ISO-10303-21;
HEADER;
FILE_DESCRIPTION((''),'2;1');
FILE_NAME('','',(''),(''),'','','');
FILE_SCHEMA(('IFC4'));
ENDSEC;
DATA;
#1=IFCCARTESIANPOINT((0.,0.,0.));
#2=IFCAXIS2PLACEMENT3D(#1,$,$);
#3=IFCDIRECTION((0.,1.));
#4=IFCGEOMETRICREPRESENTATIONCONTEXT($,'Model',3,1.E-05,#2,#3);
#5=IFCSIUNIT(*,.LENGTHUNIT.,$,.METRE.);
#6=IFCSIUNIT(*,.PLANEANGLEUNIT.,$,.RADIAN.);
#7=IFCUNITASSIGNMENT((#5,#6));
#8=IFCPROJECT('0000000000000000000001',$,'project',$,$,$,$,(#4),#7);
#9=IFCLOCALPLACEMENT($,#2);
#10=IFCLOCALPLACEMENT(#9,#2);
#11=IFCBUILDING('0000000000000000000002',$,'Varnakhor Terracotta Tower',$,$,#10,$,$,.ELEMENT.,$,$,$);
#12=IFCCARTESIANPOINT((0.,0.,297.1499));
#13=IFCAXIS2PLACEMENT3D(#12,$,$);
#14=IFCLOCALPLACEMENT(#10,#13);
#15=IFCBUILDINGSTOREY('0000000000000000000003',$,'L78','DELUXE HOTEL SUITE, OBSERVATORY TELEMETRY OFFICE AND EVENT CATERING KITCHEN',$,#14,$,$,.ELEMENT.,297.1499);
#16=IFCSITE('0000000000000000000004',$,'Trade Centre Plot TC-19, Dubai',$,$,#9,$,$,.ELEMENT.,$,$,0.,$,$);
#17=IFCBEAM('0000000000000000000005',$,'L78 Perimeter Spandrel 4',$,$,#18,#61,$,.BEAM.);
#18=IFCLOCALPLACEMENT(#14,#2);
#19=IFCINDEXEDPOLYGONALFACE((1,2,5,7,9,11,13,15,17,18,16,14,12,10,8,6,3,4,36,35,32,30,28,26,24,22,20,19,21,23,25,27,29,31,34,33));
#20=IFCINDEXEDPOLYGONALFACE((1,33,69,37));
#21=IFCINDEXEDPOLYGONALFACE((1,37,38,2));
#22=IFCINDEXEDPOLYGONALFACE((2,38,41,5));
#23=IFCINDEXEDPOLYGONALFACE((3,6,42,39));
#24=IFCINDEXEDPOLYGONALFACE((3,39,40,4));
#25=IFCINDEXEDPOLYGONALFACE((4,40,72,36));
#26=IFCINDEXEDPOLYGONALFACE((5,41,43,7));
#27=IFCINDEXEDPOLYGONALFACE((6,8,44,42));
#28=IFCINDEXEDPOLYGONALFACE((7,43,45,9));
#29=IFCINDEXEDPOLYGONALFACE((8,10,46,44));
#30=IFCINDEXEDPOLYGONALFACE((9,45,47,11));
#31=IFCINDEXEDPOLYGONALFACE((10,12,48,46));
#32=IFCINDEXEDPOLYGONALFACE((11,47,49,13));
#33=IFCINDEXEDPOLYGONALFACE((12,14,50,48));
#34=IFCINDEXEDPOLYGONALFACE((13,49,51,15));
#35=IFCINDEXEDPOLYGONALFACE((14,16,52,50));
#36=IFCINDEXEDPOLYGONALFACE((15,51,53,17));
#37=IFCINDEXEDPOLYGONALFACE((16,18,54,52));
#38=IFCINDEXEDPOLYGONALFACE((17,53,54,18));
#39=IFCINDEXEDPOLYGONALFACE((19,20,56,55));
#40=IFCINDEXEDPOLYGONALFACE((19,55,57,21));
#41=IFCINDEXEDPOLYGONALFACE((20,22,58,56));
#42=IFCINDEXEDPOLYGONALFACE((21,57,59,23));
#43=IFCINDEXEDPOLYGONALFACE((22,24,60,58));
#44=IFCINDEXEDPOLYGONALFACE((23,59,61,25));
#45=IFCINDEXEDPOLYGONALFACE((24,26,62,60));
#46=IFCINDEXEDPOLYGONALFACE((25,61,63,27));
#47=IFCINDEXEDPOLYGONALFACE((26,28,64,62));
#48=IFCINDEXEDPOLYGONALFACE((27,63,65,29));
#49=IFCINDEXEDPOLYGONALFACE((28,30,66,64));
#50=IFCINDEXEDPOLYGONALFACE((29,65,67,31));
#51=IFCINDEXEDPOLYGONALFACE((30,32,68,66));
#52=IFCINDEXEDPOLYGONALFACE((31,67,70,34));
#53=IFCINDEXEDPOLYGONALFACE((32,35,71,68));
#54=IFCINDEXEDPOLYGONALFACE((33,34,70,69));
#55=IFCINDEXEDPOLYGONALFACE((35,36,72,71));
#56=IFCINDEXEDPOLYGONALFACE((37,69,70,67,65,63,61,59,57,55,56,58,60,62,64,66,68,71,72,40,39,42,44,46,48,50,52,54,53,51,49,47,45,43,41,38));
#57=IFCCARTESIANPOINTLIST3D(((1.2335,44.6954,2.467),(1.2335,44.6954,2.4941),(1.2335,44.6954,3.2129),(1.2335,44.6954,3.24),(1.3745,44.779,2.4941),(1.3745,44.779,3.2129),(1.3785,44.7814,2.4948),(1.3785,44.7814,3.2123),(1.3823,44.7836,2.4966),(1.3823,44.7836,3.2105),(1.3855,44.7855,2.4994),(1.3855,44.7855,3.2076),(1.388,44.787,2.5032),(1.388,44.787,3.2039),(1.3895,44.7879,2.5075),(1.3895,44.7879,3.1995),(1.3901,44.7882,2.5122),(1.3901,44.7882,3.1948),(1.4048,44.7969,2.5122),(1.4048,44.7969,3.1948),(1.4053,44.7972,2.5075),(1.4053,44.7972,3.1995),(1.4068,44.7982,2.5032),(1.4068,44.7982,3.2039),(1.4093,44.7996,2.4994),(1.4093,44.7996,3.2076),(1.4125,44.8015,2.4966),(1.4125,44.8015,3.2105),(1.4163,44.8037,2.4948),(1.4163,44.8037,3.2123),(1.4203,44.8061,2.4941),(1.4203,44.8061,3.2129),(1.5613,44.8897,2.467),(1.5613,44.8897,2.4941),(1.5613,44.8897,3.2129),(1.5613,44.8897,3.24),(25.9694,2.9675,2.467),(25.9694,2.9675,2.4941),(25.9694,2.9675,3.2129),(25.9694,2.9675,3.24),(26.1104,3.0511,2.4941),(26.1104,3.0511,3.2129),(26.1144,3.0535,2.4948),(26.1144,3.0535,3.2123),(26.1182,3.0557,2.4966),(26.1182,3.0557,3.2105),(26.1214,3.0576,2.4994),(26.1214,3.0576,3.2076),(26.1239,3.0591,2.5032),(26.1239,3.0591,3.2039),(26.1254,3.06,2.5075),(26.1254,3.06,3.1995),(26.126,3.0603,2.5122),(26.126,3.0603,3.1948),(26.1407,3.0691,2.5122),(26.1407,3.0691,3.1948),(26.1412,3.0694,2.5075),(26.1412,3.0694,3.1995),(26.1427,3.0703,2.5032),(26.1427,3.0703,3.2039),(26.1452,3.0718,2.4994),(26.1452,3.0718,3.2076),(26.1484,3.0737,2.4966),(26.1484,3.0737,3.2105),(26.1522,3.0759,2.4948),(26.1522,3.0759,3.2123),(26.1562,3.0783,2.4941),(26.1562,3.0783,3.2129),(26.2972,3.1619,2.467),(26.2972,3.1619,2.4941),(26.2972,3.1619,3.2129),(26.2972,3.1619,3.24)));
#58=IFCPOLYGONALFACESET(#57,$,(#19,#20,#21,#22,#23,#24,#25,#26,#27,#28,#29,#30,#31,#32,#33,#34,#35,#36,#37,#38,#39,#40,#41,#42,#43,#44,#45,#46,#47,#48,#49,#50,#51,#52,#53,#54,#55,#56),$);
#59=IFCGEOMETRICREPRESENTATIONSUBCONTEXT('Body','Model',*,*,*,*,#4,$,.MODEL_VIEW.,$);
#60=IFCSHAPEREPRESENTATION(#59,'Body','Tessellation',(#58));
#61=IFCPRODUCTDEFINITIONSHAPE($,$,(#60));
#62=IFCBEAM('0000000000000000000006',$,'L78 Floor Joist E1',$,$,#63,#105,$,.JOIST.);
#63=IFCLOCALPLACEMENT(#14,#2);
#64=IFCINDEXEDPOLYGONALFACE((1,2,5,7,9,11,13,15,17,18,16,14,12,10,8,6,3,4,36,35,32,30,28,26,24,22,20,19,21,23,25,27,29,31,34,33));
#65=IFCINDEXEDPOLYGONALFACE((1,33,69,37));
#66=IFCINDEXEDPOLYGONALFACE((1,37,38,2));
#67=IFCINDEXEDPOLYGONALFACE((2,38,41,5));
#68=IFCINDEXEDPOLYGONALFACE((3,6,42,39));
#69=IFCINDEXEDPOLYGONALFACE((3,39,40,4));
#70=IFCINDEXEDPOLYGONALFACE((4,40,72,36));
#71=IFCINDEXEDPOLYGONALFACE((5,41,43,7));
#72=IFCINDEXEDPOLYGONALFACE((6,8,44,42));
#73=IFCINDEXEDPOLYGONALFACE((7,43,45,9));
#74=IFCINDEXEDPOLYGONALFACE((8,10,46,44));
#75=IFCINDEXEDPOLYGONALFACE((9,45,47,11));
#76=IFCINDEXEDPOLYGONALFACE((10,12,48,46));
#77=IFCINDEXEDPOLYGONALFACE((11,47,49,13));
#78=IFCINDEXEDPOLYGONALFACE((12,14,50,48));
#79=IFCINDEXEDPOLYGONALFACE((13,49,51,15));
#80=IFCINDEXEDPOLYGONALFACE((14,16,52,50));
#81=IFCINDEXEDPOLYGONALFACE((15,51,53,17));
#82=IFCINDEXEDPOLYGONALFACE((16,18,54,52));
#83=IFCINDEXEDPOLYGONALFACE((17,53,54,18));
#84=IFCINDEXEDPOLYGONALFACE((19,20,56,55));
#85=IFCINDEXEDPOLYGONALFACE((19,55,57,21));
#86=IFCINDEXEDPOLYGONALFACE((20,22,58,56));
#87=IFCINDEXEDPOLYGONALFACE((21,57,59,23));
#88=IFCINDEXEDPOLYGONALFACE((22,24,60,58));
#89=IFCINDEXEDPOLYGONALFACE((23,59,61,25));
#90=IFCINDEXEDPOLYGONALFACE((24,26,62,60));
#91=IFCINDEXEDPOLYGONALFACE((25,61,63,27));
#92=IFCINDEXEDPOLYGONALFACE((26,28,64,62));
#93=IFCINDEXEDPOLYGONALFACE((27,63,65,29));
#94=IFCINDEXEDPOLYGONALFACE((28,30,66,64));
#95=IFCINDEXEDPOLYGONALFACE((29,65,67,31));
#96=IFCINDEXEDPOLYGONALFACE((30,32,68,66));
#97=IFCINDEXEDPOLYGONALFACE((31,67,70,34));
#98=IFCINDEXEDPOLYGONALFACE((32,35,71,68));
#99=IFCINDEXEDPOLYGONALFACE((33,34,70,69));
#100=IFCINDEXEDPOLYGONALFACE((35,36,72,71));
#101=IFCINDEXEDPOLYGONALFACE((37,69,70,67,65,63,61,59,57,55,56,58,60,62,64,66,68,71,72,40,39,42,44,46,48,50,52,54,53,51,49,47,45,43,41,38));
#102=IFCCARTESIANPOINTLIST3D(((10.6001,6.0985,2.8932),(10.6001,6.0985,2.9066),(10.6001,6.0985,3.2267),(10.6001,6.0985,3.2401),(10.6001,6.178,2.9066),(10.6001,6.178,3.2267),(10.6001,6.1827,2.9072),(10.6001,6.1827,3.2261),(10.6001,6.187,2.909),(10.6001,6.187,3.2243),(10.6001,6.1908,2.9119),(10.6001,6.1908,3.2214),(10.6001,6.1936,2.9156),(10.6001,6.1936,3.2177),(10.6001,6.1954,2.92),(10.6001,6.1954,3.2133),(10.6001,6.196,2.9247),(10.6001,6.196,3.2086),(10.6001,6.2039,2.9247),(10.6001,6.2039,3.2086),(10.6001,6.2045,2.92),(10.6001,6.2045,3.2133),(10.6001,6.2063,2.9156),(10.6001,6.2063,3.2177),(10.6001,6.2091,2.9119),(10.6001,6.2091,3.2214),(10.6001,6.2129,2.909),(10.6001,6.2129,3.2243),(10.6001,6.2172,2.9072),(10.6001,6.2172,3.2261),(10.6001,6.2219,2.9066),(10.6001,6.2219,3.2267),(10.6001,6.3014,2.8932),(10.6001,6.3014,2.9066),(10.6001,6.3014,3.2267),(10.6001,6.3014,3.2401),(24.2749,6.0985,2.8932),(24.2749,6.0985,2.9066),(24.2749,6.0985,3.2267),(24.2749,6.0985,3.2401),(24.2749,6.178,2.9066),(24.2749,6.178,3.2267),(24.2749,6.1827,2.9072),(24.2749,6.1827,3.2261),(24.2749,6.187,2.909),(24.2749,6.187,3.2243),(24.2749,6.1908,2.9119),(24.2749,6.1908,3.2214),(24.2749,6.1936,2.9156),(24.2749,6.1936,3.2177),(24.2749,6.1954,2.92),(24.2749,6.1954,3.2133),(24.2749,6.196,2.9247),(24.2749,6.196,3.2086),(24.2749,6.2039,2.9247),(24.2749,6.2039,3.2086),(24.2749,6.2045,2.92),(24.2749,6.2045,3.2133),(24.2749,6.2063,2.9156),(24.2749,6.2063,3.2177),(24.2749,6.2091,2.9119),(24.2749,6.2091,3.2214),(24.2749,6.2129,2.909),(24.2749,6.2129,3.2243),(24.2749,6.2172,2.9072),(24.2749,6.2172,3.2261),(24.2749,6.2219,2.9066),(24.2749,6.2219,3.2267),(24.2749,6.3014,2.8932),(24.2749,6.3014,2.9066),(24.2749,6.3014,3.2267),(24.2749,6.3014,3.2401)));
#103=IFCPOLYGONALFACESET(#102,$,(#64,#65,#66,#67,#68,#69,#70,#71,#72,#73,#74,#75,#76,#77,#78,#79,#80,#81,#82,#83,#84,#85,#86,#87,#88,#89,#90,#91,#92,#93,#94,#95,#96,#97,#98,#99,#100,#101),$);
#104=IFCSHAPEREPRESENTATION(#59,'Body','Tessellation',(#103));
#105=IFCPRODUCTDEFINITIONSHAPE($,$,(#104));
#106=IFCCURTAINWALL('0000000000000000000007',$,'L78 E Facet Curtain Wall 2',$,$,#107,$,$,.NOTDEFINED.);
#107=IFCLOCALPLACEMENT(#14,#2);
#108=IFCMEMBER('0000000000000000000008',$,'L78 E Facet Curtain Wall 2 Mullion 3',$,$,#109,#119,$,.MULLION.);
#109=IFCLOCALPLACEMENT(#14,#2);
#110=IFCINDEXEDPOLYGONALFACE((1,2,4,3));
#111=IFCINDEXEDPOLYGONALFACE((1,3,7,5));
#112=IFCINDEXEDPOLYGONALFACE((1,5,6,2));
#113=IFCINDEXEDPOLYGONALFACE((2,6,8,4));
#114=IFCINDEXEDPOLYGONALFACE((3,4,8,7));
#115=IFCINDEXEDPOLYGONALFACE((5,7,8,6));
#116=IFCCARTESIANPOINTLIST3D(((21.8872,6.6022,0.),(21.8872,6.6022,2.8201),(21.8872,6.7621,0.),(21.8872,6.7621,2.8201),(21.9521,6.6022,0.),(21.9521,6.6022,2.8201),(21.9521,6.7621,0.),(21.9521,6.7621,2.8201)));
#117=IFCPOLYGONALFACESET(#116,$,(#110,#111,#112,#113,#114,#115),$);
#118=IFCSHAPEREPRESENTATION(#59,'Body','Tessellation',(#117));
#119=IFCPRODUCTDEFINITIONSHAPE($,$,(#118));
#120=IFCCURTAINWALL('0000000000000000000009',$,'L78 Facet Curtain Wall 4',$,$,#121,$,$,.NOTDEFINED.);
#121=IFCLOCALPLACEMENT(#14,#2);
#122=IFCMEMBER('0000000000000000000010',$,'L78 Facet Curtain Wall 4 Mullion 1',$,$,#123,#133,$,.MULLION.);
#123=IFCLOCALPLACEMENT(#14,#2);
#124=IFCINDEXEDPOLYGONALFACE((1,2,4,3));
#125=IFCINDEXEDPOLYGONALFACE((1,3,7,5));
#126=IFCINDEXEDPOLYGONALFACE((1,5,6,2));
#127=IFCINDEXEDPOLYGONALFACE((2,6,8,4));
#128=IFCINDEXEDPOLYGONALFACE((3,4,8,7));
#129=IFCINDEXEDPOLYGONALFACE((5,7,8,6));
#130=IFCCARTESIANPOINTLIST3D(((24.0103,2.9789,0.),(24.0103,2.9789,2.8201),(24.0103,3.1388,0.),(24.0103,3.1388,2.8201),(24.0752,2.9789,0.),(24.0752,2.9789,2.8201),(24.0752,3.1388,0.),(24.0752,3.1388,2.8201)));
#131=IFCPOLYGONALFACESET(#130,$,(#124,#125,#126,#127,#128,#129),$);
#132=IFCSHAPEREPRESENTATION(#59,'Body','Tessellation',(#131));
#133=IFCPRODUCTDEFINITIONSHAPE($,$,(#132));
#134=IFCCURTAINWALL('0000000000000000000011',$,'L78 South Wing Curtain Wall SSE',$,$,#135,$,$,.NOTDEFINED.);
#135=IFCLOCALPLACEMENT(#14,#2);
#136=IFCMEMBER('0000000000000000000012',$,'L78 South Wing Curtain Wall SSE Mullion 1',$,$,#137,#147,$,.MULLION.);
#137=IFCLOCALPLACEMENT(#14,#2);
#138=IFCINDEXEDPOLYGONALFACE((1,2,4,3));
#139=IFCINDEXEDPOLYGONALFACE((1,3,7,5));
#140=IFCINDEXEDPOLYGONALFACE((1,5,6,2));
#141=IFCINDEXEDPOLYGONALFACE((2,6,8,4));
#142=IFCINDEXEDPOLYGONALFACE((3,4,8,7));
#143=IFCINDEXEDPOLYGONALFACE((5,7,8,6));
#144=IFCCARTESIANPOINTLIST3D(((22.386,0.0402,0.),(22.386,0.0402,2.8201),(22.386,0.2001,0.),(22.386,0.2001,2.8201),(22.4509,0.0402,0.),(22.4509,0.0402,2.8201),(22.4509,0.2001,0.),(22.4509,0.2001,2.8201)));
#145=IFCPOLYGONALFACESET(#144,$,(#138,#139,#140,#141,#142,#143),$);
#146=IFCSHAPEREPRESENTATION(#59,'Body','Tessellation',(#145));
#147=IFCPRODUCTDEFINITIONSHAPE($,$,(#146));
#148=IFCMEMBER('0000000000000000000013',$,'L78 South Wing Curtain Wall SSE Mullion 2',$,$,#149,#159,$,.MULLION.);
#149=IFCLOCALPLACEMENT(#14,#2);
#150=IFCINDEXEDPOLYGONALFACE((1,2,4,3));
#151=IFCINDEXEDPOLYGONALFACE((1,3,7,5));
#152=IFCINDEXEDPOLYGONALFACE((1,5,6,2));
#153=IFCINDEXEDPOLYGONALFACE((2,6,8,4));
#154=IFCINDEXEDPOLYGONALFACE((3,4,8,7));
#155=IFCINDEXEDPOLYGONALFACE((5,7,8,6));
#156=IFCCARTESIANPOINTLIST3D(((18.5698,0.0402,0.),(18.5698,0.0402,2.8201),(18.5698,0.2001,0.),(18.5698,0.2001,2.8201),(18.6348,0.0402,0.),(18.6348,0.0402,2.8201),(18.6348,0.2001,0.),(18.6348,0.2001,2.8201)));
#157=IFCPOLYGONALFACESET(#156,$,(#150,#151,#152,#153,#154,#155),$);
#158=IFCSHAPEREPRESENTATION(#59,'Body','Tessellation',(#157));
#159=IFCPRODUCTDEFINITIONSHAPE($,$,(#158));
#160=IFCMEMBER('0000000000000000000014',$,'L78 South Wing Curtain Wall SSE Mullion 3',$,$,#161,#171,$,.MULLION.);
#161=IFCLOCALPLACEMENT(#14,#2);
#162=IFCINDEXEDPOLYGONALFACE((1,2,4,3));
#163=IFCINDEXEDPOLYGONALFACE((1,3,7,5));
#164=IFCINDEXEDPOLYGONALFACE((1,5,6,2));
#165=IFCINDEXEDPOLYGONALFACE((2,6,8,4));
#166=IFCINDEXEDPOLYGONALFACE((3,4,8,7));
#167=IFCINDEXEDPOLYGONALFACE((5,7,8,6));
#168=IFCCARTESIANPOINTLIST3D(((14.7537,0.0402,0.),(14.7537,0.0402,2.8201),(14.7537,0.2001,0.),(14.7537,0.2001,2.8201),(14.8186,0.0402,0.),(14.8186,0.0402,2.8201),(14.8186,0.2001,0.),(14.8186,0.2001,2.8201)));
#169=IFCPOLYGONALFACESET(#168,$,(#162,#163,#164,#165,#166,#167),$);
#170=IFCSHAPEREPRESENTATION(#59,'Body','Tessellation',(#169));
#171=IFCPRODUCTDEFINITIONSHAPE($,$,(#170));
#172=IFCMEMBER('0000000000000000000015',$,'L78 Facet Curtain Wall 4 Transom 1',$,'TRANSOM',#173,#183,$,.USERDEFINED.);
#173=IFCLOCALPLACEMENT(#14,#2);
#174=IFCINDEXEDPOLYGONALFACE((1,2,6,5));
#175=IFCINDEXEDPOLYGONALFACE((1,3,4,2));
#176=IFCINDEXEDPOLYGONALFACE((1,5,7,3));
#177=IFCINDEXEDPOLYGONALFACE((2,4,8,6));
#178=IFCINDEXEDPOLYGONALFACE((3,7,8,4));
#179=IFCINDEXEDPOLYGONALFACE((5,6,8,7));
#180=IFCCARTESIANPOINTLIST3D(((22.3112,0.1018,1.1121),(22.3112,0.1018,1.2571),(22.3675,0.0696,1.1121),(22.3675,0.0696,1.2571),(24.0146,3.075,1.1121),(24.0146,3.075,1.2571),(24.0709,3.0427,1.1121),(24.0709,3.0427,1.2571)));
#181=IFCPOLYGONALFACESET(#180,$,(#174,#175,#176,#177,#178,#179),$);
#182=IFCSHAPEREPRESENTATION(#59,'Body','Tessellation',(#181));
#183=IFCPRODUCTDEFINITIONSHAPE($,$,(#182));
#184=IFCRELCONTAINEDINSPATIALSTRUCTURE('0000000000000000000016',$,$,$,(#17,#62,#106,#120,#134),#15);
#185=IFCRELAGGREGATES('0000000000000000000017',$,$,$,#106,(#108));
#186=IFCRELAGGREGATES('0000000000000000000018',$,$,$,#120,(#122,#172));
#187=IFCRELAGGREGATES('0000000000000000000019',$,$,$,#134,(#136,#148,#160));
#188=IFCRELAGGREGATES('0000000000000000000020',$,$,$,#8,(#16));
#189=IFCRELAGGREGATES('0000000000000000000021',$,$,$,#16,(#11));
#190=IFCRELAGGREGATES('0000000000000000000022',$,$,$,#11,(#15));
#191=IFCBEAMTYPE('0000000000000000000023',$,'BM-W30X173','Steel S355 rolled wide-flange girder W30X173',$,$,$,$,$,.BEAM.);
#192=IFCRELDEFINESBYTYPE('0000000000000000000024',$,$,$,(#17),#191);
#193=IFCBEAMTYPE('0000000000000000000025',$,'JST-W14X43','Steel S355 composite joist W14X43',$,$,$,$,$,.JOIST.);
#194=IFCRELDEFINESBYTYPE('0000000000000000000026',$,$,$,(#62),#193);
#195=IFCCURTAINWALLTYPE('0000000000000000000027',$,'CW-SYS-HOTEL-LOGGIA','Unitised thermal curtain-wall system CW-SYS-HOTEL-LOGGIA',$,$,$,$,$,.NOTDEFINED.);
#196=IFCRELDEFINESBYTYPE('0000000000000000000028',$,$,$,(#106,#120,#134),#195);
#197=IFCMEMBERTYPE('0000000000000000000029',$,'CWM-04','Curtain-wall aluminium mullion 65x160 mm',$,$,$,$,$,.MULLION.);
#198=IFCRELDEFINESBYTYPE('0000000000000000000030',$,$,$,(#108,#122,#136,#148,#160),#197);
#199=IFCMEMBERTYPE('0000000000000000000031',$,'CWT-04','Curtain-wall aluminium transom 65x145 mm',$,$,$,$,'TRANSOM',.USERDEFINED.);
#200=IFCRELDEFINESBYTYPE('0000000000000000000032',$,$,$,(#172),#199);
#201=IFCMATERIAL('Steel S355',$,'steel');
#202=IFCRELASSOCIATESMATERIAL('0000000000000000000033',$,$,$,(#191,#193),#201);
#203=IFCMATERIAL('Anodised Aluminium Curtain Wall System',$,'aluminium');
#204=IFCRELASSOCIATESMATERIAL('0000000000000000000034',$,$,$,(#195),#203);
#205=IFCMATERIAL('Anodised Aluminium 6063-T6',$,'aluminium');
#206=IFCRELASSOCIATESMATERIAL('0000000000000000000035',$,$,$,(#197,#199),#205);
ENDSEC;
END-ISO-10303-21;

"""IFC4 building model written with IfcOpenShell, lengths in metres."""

from ifc_helpers import new_model, si_unit, direction, frame, origin, origin_2d, place, context, subcontext, project, spatial, rectangle, i_section, extrude, source, transform, mapped, material, material_profile, profile_set, type_object, type_shapes, element, aggregate, save


model = new_model("IFC4")

# Units and contexts
model_context = context("Model", 3, precision=1e-05, world=origin(), true_north=direction((0.0, 1.0)))
body_context = subcontext(model_context, "Body", "Model", "MODEL_VIEW")
ifc_project = project(units=[si_unit("LENGTHUNIT", "METRE"), si_unit("PLANEANGLEUNIT", "RADIAN")], contexts=[model_context])

# Site, building, storey
site_placement = place(None, origin())
site = spatial("IfcSite", under=ifc_project, at=site_placement, Name="Trade Centre Plot TC-19, Dubai", CompositionType="ELEMENT", RefElevation=0.0)
building_placement = place(site_placement, origin())
building = spatial("IfcBuilding", under=site, at=building_placement, Name="Varnakhor Terracotta Tower", CompositionType="ELEMENT")
storey_placement = place(building_placement, frame((0.0, 0.0, 297.1499)))
storey = spatial("IfcBuildingStorey", under=building, at=storey_placement, Name="L78", Description="DELUXE HOTEL SUITE, OBSERVATORY TELEMETRY OFFICE AND EVENT CATERING KITCHEN", CompositionType="ELEMENT", Elevation=297.1499)

# Shared definitions
ifc_material_1 = material(Name="Steel S355", Category="steel")

# Beams
ifc_material_profile_1 = material_profile(ifc_material_1, i_section(OverallWidth=0.3811, OverallDepth=0.7729, WebThickness=0.0171, FlangeThickness=0.0271, FilletRadius=0.0181, at=origin_2d()), Name="W30X173")
ifc_profile_set_1 = profile_set([ifc_material_profile_1], Name="Steel S355")
beam_type_1 = type_object("IfcBeamType", Name="BM-W30X173", Description="Steel S355 rolled wide-flange girder W30X173", PredefinedType="BEAM", material=ifc_profile_set_1)
shared_shape_1 = source(origin(), body_context, "Body", "SweptSolid", [
    extrude(i_section(OverallWidth=0.3811, OverallDepth=0.7729, WebThickness=0.0171, FlangeThickness=0.0271, FilletRadius=0.0181, at=origin_2d()), origin(), (0.0, 0.0, 1.0), 48.5085),
])
beam_1_placement = place(storey_placement, frame((26.1333, 3.0647, 2.8535), z_axis=(-0.509928, 0.860217, 0.0), x_axis=(-0.860217, -0.509928, 0.0)))
element("IfcBeam", 1, at=beam_1_placement, inside=storey, type_object=beam_type_1, Name="L78 Perimeter Spandrel 4", PredefinedType="BEAM", context=body_context, shape_type="MappedRepresentation", body=[
    mapped(shared_shape_1, transform((0.0, 0.0, 0.0), scale=1.0)),
])
ifc_material_profile_2 = material_profile(ifc_material_1, i_section(OverallWidth=0.2029, OverallDepth=0.3469, WebThickness=0.0078, FlangeThickness=0.0134, FilletRadius=0.0181, at=origin_2d()), Name="W14X43")
ifc_profile_set_2 = profile_set([ifc_material_profile_2], Name="Steel S355")
beam_type_2 = type_object("IfcBeamType", Name="JST-W14X43", Description="Steel S355 composite joist W14X43", PredefinedType="JOIST", material=ifc_profile_set_2)
shared_shape_2 = source(origin(), body_context, "Body", "SweptSolid", [
    extrude(i_section(OverallWidth=0.2029, OverallDepth=0.3469, WebThickness=0.0078, FlangeThickness=0.0134, FilletRadius=0.0181, at=origin_2d()), origin(), (0.0, 0.0, 1.0), 13.6748),
])
beam_2_placement = place(storey_placement, frame((10.6001, 6.2, 3.0667), z_axis=(1.0, 0.0, 0.0), x_axis=(0.0, 1.0, 0.0)))
element("IfcBeam", 2, at=beam_2_placement, inside=storey, type_object=beam_type_2, Name="L78 Floor Joist E1", PredefinedType="JOIST", context=body_context, shape_type="MappedRepresentation", body=[
    mapped(shared_shape_2, transform((0.0, 0.0, 0.0), scale=1.0)),
])

# Curtain walls, members
ifc_material_2 = material(Name="Anodised Aluminium Curtain Wall System", Category="aluminium")
curtain_wall_type = type_object("IfcCurtainWallType", Name="CW-SYS-HOTEL-LOGGIA", Description="Unitised thermal curtain-wall system CW-SYS-HOTEL-LOGGIA", PredefinedType="NOTDEFINED", material=ifc_material_2)
curtain_wall_1_placement = place(storey_placement, origin())
curtain_wall_1 = element("IfcCurtainWall", 3, at=curtain_wall_1_placement, inside=storey, type_object=curtain_wall_type, Name="L78 E Facet Curtain Wall 2", PredefinedType="NOTDEFINED")
ifc_material_3 = material(Name="Anodised Aluminium 6063-T6", Category="aluminium")
ifc_material_profile_3 = material_profile(ifc_material_3, rectangle(XDim=0.0649, YDim=0.1599, at=origin_2d()), Name="ALU MULLION 65x160")
ifc_profile_set_3 = profile_set([ifc_material_profile_3], Name="Anodised Aluminium 6063-T6")
member_type_1 = type_object("IfcMemberType", Name="CWM-04", Description="Curtain-wall aluminium mullion 65x160 mm", PredefinedType="MULLION", material=ifc_profile_set_3)
shared_shape_3 = source(origin(), body_context, "Body", "SweptSolid", [
    extrude(rectangle(XDim=0.0649, YDim=0.1599, at=origin_2d()), origin(), (0.0, 0.0, 1.0), 2.8201),
])
type_shapes(member_type_1, [shared_shape_3])
member_1_placement = place(storey_placement, frame((21.9197, 6.6821, 0.0), z_axis=(0.0, 0.0, 1.0), x_axis=(1.0, 0.0, 0.0)))
member_1 = element("IfcMember", 4, at=member_1_placement, type_object=member_type_1, Name="L78 E Facet Curtain Wall 2 Mullion 3", PredefinedType="MULLION", context=body_context, shape_type="MappedRepresentation", body=[
    mapped(shared_shape_3, transform((0.0, 0.0, 0.0), scale=1.0)),
])
curtain_wall_2_placement = place(storey_placement, origin())
curtain_wall_2 = element("IfcCurtainWall", 5, at=curtain_wall_2_placement, inside=storey, type_object=curtain_wall_type, Name="L78 Facet Curtain Wall 4", PredefinedType="NOTDEFINED")
member_2_placement = place(storey_placement, frame((24.0427, 3.0588, 0.0), z_axis=(0.0, 0.0, 1.0), x_axis=(1.0, 0.0, 0.0)))
member_2 = element("IfcMember", 6, at=member_2_placement, type_object=member_type_1, Name="L78 Facet Curtain Wall 4 Mullion 1", PredefinedType="MULLION", context=body_context, shape_type="MappedRepresentation", body=[
    mapped(shared_shape_3, transform((0.0, 0.0, 0.0), scale=1.0)),
])

# Curtain wall, members
curtain_wall_3_placement = place(storey_placement, origin())
curtain_wall_3 = element("IfcCurtainWall", 7, at=curtain_wall_3_placement, inside=storey, type_object=curtain_wall_type, Name="L78 South Wing Curtain Wall SSE", PredefinedType="NOTDEFINED")
member_3_placement = place(storey_placement, frame((22.4185, 0.1201, 0.0), z_axis=(0.0, 0.0, 1.0), x_axis=(1.0, 0.0, 0.0)))
member_3 = element("IfcMember", 8, at=member_3_placement, type_object=member_type_1, Name="L78 South Wing Curtain Wall SSE Mullion 1", PredefinedType="MULLION", context=body_context, shape_type="MappedRepresentation", body=[
    mapped(shared_shape_3, transform((0.0, 0.0, 0.0), scale=1.0)),
])
member_4_placement = place(storey_placement, frame((18.6023, 0.1201, 0.0), z_axis=(0.0, 0.0, 1.0), x_axis=(1.0, 0.0, 0.0)))
member_4 = element("IfcMember", 9, at=member_4_placement, type_object=member_type_1, Name="L78 South Wing Curtain Wall SSE Mullion 2", PredefinedType="MULLION", context=body_context, shape_type="MappedRepresentation", body=[
    mapped(shared_shape_3, transform((0.0, 0.0, 0.0), scale=1.0)),
])
member_5_placement = place(storey_placement, frame((14.7861, 0.1201, 0.0), z_axis=(0.0, 0.0, 1.0), x_axis=(1.0, 0.0, 0.0)))
member_5 = element("IfcMember", 10, at=member_5_placement, type_object=member_type_1, Name="L78 South Wing Curtain Wall SSE Mullion 3", PredefinedType="MULLION", context=body_context, shape_type="MappedRepresentation", body=[
    mapped(shared_shape_3, transform((0.0, 0.0, 0.0), scale=1.0)),
])

# Member
ifc_material_profile_4 = material_profile(ifc_material_3, rectangle(XDim=0.0649, YDim=0.145, at=origin_2d()), Name="ALU TRANSOM 65x145")
ifc_profile_set_4 = profile_set([ifc_material_profile_4], Name="Anodised Aluminium 6063-T6")
member_type_2 = type_object("IfcMemberType", Name="CWT-04", Description="Curtain-wall aluminium transom 65x145 mm", ElementType="TRANSOM", PredefinedType="USERDEFINED", material=ifc_profile_set_4)
shared_shape_4 = source(origin(), body_context, "Body", "SweptSolid", [
    extrude(rectangle(XDim=0.0649, YDim=0.145, at=origin_2d()), origin(), (0.0, 0.0, 1.0), 3.4265),
])
member_6_placement = place(storey_placement, frame((24.0427, 3.0588, 1.1846), z_axis=(-0.497113, -0.867686, 0.0), x_axis=(0.867686, -0.497113, 0.0)))
member_6 = element("IfcMember", 11, at=member_6_placement, type_object=member_type_2, Name="L78 Facet Curtain Wall 4 Transom 1", ObjectType="TRANSOM", PredefinedType="USERDEFINED", context=body_context, shape_type="MappedRepresentation", body=[
    mapped(shared_shape_4, transform((0.0, 0.0, 0.0), scale=1.0)),
])

aggregate(curtain_wall_1, [member_1])
aggregate(curtain_wall_2, [member_2, member_6])
aggregate(curtain_wall_3, [member_3, member_4, member_5])

save(model, "model.ifc")
